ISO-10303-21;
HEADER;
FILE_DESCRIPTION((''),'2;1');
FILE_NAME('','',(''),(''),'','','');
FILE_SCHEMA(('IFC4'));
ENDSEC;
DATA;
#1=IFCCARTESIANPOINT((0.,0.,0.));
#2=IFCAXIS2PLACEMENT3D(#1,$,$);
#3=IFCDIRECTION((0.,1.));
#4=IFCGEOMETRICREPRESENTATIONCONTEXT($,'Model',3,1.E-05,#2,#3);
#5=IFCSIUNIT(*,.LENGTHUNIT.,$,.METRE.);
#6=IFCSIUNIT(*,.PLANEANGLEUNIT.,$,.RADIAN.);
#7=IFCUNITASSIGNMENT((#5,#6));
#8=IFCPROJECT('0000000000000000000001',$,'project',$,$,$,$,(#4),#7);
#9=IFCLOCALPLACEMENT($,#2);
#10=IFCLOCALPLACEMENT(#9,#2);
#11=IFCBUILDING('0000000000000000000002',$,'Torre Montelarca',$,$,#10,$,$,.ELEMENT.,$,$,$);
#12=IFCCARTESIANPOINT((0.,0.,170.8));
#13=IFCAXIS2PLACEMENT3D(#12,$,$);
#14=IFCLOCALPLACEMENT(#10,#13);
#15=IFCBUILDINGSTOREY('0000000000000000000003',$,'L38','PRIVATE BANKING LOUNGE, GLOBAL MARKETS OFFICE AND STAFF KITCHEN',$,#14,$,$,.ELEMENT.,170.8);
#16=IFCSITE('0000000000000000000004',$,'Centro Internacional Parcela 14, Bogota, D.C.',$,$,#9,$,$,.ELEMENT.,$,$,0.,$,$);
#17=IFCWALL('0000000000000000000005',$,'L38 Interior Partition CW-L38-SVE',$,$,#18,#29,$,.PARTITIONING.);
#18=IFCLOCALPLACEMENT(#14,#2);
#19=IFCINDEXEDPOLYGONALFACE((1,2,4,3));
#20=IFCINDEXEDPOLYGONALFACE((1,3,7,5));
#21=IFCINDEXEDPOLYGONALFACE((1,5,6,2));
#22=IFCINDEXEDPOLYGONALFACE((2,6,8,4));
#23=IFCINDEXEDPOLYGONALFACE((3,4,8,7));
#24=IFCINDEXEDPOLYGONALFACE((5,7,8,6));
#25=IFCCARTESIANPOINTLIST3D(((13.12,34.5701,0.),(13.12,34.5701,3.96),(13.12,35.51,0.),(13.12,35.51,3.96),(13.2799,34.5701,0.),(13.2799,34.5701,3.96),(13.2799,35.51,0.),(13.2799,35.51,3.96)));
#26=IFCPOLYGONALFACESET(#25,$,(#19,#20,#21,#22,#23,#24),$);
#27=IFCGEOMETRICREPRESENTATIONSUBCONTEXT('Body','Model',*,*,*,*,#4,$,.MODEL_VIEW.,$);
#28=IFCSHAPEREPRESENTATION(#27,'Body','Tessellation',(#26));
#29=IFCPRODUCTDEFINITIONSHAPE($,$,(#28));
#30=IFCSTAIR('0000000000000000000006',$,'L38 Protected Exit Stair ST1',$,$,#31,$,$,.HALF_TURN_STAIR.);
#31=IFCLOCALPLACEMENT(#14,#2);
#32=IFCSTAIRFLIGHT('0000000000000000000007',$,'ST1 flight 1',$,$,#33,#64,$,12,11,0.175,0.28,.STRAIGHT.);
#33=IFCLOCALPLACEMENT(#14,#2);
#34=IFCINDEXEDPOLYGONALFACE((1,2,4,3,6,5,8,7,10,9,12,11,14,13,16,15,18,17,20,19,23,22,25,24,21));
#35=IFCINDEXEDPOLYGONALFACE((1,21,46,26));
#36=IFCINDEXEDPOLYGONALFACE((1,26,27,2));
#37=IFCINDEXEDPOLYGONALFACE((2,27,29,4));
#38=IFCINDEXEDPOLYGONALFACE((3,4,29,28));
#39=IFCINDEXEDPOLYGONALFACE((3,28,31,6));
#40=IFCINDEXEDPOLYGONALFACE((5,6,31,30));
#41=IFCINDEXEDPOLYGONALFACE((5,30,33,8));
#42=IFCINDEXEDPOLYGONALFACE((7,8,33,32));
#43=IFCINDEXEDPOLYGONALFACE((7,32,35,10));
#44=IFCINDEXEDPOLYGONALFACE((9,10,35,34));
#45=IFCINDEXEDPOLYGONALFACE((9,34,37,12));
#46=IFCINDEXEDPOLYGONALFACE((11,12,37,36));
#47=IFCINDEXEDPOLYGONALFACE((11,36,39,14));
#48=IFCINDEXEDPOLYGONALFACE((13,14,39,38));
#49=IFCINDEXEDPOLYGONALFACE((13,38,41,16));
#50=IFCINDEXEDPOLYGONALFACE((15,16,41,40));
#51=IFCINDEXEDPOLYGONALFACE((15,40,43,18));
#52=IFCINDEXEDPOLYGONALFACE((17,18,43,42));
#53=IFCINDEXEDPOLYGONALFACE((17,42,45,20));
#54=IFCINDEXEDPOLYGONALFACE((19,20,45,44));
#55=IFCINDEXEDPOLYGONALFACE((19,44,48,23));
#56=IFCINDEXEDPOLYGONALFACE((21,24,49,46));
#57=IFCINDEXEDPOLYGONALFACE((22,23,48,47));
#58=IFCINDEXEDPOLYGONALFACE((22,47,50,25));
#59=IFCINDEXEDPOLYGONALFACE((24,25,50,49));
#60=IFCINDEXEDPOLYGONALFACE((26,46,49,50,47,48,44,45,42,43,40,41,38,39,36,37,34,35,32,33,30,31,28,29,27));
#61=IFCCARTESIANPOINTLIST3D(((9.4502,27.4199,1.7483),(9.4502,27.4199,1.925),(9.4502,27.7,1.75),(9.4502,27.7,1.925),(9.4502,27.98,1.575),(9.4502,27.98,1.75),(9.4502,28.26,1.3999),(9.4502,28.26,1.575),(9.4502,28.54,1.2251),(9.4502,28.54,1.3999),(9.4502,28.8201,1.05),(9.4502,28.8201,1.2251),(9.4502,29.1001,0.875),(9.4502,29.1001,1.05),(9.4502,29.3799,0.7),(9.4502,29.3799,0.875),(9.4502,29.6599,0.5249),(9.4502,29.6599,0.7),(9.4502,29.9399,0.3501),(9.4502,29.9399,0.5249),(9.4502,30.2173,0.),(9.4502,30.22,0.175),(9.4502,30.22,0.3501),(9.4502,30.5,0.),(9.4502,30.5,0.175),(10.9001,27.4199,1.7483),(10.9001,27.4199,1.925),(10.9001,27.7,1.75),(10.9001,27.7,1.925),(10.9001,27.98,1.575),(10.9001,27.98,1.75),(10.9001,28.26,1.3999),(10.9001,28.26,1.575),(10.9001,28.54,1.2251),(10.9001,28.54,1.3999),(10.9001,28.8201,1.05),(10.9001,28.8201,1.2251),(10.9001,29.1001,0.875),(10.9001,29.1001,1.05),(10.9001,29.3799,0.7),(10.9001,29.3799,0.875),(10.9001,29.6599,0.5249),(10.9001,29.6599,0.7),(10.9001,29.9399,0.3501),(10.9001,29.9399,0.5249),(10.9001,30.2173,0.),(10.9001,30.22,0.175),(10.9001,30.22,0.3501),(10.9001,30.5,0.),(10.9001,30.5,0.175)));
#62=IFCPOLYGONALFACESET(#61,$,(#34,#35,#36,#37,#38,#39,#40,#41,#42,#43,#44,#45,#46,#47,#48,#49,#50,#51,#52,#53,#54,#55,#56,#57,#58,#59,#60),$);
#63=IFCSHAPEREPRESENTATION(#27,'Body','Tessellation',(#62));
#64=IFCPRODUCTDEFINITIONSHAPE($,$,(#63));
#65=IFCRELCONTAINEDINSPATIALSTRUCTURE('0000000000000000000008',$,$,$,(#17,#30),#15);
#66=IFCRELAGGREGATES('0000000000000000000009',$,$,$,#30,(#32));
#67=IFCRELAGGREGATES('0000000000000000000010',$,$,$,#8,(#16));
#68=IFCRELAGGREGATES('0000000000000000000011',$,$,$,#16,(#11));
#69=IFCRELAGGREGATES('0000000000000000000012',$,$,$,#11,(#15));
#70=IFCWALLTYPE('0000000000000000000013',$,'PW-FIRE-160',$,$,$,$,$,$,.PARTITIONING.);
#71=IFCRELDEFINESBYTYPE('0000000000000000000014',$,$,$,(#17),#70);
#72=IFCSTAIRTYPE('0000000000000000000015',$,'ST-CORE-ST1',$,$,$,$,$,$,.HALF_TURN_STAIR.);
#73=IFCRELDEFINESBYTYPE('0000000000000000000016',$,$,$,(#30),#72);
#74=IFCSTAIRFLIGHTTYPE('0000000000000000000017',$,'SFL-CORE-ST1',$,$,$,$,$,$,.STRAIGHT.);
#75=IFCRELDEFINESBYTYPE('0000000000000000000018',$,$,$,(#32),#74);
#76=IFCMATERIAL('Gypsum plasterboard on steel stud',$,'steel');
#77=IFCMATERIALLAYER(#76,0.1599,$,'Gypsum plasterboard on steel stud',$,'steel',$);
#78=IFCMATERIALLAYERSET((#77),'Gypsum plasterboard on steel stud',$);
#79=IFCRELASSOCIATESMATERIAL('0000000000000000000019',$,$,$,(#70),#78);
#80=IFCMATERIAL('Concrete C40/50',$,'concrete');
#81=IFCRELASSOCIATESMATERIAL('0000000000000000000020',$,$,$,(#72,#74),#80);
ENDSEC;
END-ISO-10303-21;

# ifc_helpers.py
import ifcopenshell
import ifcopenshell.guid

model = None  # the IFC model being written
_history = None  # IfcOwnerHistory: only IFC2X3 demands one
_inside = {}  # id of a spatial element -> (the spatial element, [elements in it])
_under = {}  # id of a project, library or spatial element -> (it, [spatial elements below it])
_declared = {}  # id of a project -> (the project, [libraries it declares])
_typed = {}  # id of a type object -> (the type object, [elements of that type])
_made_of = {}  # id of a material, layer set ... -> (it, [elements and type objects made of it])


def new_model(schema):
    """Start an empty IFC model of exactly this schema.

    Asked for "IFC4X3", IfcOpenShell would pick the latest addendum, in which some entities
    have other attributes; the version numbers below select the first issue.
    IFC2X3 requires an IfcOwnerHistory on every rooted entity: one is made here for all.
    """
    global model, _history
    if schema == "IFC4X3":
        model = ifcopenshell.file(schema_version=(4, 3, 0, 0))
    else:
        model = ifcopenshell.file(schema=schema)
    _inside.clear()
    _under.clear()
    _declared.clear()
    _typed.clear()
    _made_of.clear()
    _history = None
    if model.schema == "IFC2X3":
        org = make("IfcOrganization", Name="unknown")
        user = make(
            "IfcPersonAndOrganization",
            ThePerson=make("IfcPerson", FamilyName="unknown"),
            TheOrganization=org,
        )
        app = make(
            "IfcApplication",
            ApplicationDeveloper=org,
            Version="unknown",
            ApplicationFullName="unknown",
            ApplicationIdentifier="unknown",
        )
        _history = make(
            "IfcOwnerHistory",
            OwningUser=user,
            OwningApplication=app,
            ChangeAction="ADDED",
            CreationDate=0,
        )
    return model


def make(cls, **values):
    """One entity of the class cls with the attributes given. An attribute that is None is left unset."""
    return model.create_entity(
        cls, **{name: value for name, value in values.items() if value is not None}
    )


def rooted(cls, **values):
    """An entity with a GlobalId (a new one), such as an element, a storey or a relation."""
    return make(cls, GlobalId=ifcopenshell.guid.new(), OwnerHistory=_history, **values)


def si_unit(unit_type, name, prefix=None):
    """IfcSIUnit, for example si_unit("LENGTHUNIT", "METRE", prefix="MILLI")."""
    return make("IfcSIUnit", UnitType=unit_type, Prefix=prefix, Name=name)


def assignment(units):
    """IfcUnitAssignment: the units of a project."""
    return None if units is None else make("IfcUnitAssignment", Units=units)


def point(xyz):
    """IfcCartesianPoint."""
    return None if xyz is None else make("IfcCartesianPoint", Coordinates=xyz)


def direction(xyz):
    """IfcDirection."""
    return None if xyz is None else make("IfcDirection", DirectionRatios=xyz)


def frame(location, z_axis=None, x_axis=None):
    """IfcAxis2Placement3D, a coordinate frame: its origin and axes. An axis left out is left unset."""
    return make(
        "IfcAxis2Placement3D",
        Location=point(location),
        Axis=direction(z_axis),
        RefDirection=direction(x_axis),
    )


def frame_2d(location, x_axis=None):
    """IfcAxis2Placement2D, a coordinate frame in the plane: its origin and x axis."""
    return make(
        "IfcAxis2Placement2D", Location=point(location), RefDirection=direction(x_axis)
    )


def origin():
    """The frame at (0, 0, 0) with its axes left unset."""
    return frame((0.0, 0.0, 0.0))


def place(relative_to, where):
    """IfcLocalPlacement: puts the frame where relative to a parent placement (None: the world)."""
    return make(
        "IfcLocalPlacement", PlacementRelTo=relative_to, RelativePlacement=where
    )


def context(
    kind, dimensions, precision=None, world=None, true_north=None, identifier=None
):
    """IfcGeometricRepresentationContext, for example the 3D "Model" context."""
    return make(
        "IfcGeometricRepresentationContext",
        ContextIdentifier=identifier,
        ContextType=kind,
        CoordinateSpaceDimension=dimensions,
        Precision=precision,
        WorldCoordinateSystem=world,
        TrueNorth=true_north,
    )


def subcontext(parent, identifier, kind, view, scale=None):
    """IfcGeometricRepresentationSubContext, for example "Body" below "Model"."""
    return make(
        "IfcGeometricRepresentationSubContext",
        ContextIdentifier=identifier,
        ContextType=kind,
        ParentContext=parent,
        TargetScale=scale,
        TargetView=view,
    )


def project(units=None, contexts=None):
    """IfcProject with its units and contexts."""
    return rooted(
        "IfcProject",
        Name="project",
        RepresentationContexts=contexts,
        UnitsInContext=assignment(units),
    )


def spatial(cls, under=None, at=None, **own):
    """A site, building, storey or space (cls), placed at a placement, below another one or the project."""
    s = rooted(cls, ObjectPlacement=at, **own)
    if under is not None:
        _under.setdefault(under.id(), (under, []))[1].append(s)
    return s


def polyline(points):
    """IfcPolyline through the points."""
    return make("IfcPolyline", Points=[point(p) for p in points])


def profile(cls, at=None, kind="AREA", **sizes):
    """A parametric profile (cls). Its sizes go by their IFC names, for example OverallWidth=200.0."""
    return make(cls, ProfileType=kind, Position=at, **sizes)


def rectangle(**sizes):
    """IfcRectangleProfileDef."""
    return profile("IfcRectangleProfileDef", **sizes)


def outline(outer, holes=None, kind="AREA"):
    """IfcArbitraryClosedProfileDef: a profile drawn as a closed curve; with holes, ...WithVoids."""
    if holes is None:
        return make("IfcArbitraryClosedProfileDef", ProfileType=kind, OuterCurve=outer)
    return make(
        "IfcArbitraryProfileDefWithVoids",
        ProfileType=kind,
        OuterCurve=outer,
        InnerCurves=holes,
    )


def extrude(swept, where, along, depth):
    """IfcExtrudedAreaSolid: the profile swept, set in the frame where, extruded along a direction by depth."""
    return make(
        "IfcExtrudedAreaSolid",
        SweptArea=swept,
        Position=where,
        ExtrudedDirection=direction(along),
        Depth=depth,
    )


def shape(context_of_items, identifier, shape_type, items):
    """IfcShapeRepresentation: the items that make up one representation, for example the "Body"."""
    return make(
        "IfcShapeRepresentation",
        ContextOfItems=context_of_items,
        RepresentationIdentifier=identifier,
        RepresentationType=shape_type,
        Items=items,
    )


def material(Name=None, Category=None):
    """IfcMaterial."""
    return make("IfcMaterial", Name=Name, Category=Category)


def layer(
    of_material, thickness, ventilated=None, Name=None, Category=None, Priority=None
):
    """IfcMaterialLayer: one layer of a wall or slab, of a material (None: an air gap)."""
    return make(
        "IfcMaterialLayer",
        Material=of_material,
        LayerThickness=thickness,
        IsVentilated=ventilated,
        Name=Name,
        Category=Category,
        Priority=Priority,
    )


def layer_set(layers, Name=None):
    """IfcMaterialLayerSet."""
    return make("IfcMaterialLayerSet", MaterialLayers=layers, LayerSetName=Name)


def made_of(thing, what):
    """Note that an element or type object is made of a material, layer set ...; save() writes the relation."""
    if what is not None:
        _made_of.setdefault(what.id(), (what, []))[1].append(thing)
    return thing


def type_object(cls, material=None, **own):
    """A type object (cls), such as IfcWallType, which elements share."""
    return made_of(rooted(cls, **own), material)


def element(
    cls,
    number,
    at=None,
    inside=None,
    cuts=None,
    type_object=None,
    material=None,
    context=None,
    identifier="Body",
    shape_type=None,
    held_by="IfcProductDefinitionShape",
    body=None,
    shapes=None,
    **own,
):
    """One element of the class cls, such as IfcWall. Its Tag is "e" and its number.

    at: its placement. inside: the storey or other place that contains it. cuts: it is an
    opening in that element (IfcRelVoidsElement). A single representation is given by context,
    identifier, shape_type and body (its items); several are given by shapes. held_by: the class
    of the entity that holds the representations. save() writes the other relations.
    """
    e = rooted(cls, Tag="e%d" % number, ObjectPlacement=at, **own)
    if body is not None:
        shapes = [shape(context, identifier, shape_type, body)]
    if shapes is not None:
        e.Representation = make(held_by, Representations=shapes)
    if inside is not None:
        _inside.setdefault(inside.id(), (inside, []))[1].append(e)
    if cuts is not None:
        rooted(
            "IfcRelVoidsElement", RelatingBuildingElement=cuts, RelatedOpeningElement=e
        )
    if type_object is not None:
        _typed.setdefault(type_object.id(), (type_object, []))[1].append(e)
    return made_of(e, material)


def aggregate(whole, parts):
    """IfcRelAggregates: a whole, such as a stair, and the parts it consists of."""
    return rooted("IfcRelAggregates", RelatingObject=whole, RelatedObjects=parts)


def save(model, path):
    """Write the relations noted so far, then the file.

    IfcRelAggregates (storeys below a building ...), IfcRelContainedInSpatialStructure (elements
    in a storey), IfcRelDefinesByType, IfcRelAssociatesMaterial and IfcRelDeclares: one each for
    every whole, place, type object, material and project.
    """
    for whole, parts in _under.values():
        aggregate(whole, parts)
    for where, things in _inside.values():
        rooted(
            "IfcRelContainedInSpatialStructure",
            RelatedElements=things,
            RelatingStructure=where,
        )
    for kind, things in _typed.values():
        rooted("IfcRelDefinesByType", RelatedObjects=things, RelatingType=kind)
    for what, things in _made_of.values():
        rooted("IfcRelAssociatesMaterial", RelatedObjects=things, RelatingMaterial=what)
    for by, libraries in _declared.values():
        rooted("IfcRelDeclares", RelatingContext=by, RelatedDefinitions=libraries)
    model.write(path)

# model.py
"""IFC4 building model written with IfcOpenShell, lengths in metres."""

from ifc_helpers import new_model, si_unit, direction, frame, frame_2d, origin, place, context, subcontext, project, spatial, polyline, rectangle, outline, extrude, material, layer, layer_set, type_object, element, aggregate, save


model = new_model("IFC4")

# Units and contexts
model_context = context("Model", 3, precision=1e-05, world=origin(), true_north=direction((0.0, 1.0)))
body_context = subcontext(model_context, "Body", "Model", "MODEL_VIEW")
ifc_project = project(units=[si_unit("LENGTHUNIT", "METRE"), si_unit("PLANEANGLEUNIT", "RADIAN")], contexts=[model_context])

# Site, building, storey
site_placement = place(None, origin())
site = spatial("IfcSite", under=ifc_project, at=site_placement, Name="Centro Internacional Parcela 14, Bogota, D.C.", CompositionType="ELEMENT", RefElevation=0.0)
building_placement = place(site_placement, origin())
building = spatial("IfcBuilding", under=site, at=building_placement, Name="Torre Montelarca", CompositionType="ELEMENT")
storey_placement = place(building_placement, frame((0.0, 0.0, 170.8)))
storey = spatial("IfcBuildingStorey", under=building, at=storey_placement, Name="L38", Description="PRIVATE BANKING LOUNGE, GLOBAL MARKETS OFFICE AND STAFF KITCHEN", CompositionType="ELEMENT", Elevation=170.8)

# Shared definitions
ifc_material_1 = material(Name="Concrete C40/50", Category="concrete")

# Shared definitions
ifc_material_2 = material(Name="Gypsum plasterboard on steel stud", Category="steel")
ifc_layer_1 = layer(ifc_material_2, 0.1599, Name="Gypsum plasterboard on steel stud", Category="steel")
ifc_layer_set_1 = layer_set([ifc_layer_1], Name="Gypsum plasterboard on steel stud")
wall_type_1 = type_object("IfcWallType", Name="PW-FIRE-160", PredefinedType="PARTITIONING", material=ifc_layer_set_1)

# Wall
wall_1_placement = place(storey_placement, frame((13.2, 34.5701, 0.0), z_axis=(0.0, 0.0, 1.0), x_axis=(0.0, 1.0, 0.0)))
element("IfcWall", 1, at=wall_1_placement, inside=storey, type_object=wall_type_1, Name="L38 Interior Partition CW-L38-SVE", PredefinedType="PARTITIONING", context=body_context, shape_type="SweptSolid", body=[
    extrude(rectangle(XDim=0.9399, YDim=0.1599, at=frame_2d((0.47, 0.0))), origin(), (0.0, 0.0, 1.0), 3.96),
])

# Stair, stair flight
stair_type = type_object("IfcStairType", Name="ST-CORE-ST1", PredefinedType="HALF_TURN_STAIR", material=ifc_material_1)
stair_placement = place(storey_placement, origin())
stair = element("IfcStair", 2, at=stair_placement, inside=storey, type_object=stair_type, Name="L38 Protected Exit Stair ST1", PredefinedType="HALF_TURN_STAIR")
stair_flight_type = type_object("IfcStairFlightType", Name="SFL-CORE-ST1", PredefinedType="STRAIGHT", material=ifc_material_1)
stair_flight_placement = place(storey_placement, frame((10.175, 30.5, 0.0), z_axis=(0.0, 0.0, 1.0), x_axis=(0.0, -1.0, 0.0)))
stair_flight = element("IfcStairFlight", 3, at=stair_flight_placement, type_object=stair_flight_type, Name="ST1 flight 1", NumberOfRisers=12, NumberOfTreads=11, PredefinedType="STRAIGHT", RiserHeight=0.175, TreadLength=0.28, context=body_context, shape_type="SweptSolid", body=[
    extrude(outline(polyline([(0.0, 0.0), (0.0, 0.175), (0.28, 0.175), (0.28, 0.3501), (0.5601, 0.3501), (0.5601, 0.5249), (0.8401, 0.5249), (0.8401, 0.7), (1.1201, 0.7), (1.1201, 0.875), (1.3999, 0.875), (1.3999, 1.05), (1.6799, 1.05), (1.6799, 1.2251), (1.96, 1.2251), (1.96, 1.3999), (2.24, 1.3999), (2.24, 1.575), (2.52, 1.575), (2.52, 1.75), (2.8, 1.75), (2.8, 1.925), (3.0801, 1.925), (3.0801, 2.1001), (3.0801, 1.7483), (0.2827, 0.0), (0.0, 0.0)])), frame((0.0, 0.7251, 0.0), z_axis=(0.0, -1.0, 0.0), x_axis=(1.0, 0.0, 0.0)), (0.0, 0.0, 1.0), 1.45),
])
aggregate(stair, [stair_flight])

save(model, "model.ifc")
